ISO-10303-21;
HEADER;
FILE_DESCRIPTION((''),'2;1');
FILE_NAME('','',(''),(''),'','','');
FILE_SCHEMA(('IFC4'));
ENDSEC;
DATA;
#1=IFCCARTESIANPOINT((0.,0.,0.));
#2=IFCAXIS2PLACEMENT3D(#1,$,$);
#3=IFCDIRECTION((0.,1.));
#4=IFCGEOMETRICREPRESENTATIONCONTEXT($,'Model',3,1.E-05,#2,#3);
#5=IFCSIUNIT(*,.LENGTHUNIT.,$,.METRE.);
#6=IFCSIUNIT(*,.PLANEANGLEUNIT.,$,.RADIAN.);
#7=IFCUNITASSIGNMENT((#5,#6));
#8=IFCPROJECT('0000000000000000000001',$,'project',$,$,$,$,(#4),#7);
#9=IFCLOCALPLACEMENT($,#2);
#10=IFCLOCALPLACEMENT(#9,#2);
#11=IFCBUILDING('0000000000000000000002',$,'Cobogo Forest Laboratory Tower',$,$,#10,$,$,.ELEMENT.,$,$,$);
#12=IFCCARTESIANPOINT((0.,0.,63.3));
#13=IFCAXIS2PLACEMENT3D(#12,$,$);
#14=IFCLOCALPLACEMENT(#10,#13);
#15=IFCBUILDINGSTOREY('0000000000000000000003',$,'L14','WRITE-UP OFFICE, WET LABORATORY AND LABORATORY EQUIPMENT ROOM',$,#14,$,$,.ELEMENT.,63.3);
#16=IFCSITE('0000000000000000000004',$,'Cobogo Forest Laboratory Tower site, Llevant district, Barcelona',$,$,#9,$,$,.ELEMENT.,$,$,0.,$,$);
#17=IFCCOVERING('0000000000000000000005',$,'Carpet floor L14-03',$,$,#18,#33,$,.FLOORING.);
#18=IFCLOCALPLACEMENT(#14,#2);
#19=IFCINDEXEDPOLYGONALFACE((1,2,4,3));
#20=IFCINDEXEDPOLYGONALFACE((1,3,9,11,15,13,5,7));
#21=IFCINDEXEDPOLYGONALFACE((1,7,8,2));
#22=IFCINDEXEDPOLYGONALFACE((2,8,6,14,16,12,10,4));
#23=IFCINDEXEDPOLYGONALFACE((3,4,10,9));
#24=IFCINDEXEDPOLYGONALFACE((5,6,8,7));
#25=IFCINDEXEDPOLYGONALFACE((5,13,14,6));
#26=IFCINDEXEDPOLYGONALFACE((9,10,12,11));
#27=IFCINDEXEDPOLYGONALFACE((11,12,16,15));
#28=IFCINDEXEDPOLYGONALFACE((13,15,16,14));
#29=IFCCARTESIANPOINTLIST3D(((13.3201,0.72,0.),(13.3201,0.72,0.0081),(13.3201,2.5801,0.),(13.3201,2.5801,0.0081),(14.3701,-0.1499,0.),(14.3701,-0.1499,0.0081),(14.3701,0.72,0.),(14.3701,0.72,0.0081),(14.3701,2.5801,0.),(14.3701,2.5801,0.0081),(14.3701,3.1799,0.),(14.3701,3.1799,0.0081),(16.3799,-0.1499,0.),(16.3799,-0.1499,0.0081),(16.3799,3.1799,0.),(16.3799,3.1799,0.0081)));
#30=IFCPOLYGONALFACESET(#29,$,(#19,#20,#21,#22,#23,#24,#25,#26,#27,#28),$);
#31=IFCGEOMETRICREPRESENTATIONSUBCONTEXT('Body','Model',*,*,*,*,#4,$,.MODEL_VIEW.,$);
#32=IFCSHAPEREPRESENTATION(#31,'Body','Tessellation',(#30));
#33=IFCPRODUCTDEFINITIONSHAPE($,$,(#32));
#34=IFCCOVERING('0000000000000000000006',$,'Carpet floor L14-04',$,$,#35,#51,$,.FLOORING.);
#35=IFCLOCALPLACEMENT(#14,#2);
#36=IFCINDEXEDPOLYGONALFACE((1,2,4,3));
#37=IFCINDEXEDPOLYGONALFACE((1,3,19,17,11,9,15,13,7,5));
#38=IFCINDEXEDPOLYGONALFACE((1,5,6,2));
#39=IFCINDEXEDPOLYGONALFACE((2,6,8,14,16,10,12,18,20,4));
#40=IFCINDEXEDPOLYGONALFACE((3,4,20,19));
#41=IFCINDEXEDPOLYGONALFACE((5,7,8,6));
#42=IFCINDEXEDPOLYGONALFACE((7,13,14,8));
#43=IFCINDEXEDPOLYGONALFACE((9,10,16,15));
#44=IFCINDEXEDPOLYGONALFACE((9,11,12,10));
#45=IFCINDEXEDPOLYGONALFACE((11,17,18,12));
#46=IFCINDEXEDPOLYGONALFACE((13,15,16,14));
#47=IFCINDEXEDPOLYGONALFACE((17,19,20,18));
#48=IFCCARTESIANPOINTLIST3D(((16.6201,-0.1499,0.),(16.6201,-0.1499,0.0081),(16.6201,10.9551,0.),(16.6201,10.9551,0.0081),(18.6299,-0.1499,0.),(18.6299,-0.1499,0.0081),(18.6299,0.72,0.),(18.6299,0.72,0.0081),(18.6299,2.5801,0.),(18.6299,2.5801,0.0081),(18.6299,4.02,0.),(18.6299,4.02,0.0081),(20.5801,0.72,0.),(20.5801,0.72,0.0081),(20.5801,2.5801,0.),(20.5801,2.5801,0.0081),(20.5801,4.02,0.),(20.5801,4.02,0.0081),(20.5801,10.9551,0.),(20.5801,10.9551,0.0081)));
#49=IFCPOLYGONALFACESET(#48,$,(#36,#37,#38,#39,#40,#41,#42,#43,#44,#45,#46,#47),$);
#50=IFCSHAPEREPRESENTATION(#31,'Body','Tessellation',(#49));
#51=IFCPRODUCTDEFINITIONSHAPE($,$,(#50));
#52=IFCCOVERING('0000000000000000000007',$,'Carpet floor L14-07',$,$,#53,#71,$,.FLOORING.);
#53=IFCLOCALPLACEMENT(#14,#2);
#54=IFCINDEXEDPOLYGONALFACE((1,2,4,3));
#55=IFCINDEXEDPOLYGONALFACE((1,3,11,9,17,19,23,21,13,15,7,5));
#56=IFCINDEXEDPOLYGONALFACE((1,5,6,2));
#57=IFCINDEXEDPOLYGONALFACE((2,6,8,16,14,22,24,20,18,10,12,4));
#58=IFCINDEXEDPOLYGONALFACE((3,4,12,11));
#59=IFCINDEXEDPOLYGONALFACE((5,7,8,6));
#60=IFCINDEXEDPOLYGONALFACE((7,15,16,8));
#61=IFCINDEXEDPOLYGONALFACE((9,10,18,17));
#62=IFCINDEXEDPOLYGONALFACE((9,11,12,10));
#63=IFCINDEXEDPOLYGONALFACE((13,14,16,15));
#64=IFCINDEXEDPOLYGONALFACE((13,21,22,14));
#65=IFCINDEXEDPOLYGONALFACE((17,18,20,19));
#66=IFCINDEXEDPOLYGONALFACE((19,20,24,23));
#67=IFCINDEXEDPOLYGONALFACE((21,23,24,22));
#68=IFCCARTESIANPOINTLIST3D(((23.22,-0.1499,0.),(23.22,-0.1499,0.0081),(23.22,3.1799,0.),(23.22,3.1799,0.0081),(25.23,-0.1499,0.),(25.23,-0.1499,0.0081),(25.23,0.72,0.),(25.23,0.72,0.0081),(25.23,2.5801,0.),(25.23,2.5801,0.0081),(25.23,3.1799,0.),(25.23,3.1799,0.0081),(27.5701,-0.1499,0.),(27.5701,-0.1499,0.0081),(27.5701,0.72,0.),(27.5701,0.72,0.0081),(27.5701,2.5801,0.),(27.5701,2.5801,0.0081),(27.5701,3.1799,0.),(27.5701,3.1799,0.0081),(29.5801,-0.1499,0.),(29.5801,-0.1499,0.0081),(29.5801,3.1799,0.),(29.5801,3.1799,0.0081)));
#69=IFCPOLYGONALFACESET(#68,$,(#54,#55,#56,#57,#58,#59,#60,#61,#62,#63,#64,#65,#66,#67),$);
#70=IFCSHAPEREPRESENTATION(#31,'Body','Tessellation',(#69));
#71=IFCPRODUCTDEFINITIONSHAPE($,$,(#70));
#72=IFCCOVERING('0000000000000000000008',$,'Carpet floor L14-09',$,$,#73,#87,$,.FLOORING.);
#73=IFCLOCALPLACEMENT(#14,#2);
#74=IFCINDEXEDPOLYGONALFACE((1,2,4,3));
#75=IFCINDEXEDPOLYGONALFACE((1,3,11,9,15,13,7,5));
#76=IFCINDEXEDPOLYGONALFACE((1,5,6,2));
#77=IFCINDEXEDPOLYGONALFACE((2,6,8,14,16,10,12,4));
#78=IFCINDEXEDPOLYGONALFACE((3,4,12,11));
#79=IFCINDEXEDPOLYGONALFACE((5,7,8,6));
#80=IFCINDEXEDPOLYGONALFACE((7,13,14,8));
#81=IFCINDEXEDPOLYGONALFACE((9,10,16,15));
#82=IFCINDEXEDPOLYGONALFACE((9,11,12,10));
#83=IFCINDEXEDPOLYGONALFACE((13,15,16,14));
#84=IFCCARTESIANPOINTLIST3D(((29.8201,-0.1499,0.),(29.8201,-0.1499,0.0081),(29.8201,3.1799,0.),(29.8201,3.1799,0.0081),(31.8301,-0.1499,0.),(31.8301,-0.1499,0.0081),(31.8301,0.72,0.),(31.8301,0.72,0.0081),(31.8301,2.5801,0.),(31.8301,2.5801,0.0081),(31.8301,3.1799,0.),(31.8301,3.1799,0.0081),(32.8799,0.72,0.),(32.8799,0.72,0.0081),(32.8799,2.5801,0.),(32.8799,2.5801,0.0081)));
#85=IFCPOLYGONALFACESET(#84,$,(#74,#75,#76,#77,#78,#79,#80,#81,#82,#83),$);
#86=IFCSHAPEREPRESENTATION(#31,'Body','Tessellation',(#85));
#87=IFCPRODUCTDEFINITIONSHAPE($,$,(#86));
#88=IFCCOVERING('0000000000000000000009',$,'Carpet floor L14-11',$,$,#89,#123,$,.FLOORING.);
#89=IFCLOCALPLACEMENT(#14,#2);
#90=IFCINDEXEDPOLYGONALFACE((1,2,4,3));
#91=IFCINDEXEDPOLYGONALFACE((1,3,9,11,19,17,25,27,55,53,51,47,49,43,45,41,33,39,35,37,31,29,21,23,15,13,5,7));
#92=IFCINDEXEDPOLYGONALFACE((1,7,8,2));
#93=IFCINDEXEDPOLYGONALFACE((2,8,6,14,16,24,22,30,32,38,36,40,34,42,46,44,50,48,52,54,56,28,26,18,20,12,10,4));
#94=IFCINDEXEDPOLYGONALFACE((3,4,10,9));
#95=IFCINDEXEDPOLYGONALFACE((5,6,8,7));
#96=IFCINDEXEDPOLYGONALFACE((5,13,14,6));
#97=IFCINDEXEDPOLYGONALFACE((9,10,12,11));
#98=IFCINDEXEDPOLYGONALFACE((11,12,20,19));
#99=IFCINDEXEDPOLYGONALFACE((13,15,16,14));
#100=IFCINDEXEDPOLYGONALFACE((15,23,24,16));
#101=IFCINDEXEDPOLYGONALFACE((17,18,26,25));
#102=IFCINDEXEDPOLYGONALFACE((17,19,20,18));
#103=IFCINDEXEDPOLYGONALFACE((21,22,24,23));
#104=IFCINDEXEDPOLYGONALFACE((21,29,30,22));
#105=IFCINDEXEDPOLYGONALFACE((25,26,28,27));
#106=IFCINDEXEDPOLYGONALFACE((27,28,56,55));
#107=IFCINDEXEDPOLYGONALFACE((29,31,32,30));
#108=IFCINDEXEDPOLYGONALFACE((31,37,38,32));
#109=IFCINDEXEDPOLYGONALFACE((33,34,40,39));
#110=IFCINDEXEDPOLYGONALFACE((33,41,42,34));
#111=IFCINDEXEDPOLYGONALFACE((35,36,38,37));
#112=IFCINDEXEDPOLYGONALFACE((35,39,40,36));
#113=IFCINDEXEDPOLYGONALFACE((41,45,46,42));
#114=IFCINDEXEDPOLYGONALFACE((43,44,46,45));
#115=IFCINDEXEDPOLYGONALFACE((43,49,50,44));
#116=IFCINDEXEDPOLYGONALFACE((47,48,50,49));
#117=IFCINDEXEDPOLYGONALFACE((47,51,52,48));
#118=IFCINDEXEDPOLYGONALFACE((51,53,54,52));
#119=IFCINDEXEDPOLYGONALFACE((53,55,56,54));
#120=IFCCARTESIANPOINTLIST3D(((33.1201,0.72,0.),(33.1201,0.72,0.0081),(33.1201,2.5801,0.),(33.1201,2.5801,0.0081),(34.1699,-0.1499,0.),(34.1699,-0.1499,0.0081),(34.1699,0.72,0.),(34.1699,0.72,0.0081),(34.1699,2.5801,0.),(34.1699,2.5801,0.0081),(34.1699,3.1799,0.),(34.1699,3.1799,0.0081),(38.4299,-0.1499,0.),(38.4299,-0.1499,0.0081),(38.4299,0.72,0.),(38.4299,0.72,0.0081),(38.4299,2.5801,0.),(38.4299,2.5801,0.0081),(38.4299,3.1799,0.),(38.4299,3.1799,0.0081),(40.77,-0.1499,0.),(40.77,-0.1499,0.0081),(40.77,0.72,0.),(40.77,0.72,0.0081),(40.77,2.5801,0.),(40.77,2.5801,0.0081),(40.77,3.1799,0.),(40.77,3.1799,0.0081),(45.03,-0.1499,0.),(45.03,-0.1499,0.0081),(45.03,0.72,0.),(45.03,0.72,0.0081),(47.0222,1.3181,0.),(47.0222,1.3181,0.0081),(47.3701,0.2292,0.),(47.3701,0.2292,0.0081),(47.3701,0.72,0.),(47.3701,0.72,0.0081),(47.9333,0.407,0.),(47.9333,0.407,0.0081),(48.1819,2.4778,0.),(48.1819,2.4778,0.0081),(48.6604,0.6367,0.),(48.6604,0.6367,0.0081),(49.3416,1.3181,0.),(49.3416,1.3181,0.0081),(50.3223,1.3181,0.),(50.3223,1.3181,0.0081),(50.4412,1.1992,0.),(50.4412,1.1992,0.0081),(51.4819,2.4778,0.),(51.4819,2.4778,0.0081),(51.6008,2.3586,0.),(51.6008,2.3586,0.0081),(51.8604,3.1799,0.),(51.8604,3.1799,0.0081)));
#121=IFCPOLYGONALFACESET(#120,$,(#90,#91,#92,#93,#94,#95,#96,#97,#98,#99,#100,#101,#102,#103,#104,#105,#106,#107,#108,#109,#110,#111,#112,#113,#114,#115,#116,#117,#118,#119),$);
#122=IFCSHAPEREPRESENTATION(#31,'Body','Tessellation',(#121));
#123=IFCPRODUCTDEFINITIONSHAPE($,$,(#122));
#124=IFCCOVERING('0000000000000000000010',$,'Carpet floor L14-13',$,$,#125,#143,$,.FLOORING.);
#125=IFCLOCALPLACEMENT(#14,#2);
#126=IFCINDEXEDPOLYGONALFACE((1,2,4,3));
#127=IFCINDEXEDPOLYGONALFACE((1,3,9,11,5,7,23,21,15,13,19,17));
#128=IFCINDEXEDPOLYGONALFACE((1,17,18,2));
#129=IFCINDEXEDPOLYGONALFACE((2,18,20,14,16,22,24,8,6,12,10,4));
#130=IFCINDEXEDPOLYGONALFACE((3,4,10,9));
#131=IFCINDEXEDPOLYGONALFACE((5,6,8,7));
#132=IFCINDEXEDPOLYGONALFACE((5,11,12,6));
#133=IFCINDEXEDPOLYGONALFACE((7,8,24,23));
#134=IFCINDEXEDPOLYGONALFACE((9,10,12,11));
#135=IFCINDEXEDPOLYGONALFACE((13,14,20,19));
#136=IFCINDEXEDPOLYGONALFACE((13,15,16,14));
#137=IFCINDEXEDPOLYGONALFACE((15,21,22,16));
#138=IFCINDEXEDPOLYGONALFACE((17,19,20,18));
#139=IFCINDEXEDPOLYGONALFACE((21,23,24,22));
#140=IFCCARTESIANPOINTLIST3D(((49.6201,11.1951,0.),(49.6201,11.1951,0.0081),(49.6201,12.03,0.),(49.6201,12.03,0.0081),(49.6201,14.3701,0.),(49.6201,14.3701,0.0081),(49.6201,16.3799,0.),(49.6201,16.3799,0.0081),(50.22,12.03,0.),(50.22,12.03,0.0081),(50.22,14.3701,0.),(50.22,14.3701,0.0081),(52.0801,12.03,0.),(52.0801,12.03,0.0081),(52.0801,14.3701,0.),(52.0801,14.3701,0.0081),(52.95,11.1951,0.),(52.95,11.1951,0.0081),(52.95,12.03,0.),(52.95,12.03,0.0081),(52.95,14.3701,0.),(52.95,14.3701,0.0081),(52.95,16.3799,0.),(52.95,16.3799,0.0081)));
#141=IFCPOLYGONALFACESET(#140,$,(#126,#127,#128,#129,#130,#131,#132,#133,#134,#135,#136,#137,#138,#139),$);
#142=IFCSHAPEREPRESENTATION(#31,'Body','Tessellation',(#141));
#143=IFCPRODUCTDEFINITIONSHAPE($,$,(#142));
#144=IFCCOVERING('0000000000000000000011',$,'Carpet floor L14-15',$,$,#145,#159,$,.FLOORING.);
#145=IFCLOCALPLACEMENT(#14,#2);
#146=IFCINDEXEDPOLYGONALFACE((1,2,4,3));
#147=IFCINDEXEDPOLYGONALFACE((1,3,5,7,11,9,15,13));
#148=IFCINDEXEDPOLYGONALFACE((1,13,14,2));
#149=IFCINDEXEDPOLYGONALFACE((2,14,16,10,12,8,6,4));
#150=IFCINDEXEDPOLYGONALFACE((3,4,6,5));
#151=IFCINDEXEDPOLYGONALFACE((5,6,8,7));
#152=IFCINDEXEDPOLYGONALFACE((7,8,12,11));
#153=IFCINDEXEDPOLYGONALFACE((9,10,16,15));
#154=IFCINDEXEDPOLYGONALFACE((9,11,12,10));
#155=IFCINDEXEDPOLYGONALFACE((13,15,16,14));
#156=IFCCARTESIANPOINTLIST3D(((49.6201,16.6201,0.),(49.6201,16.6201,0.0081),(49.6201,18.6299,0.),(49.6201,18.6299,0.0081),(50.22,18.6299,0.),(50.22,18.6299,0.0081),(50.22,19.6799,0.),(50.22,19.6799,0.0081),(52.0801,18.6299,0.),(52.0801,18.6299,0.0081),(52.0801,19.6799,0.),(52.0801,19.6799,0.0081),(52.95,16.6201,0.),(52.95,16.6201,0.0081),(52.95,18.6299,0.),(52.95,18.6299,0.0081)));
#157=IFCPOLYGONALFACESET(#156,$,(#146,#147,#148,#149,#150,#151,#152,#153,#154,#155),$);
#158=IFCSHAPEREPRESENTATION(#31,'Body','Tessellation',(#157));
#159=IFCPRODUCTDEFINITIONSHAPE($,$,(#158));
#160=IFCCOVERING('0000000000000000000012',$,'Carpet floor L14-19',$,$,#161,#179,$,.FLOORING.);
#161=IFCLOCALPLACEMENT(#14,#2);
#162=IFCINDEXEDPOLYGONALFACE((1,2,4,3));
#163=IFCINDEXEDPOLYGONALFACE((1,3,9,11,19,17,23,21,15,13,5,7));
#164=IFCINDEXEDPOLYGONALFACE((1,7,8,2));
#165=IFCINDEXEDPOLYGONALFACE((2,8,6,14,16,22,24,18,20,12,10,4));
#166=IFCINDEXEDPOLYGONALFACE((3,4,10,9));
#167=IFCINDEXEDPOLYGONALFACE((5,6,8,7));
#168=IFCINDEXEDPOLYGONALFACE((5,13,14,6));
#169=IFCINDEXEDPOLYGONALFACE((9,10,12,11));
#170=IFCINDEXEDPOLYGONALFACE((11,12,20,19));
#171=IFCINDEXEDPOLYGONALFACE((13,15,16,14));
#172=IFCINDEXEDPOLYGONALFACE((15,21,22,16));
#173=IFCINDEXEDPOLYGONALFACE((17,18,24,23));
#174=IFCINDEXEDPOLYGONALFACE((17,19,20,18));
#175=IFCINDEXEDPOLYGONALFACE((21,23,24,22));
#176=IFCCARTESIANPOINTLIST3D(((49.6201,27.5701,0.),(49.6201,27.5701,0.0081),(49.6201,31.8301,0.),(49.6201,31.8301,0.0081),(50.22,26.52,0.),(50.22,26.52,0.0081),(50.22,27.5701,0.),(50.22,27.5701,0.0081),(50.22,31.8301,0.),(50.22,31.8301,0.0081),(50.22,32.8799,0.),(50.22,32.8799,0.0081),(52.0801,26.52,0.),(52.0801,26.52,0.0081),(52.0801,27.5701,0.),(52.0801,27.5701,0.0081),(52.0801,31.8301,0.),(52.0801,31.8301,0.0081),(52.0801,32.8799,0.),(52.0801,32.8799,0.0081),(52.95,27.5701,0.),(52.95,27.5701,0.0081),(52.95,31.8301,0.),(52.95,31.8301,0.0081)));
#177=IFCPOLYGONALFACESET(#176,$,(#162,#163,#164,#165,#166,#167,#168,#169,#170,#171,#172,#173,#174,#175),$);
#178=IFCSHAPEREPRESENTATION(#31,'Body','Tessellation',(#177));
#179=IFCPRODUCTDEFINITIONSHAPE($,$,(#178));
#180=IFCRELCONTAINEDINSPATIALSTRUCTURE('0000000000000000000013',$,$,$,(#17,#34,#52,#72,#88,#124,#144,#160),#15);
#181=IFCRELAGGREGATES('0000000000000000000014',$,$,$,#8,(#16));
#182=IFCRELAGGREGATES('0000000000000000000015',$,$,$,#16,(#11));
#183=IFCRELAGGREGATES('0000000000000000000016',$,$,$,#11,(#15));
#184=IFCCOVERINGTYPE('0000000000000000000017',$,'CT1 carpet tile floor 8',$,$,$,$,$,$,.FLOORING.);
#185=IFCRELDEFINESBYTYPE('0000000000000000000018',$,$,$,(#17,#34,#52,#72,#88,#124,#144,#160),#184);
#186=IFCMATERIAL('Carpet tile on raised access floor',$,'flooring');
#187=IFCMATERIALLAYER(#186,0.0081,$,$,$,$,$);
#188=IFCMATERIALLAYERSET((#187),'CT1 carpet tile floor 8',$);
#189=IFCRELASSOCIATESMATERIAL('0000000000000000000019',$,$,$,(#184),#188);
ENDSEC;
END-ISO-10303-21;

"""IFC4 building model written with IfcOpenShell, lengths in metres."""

from ifc_helpers import new_model, si_unit, direction, frame, origin, place, context, subcontext, project, spatial, polyline, outline, extrude, material, layer, layer_set, type_object, element, save


model = new_model("IFC4")

# Units and contexts
model_context = context("Model", 3, precision=1e-05, world=origin(), true_north=direction((0.0, 1.0)))
body_context = subcontext(model_context, "Body", "Model", "MODEL_VIEW")
ifc_project = project(units=[si_unit("LENGTHUNIT", "METRE"), si_unit("PLANEANGLEUNIT", "RADIAN")], contexts=[model_context])

# Site, building, storey
site_placement = place(None, origin())
site = spatial("IfcSite", under=ifc_project, at=site_placement, Name="Cobogo Forest Laboratory Tower site, Llevant district, Barcelona", CompositionType="ELEMENT", RefElevation=0.0)
building_placement = place(site_placement, origin())
building = spatial("IfcBuilding", under=site, at=building_placement, Name="Cobogo Forest Laboratory Tower", CompositionType="ELEMENT")
storey_placement = place(building_placement, frame((0.0, 0.0, 63.3)))
storey = spatial("IfcBuildingStorey", under=building, at=storey_placement, Name="L14", Description="WRITE-UP OFFICE, WET LABORATORY AND LABORATORY EQUIPMENT ROOM", CompositionType="ELEMENT", Elevation=63.3)

# Coverings
ifc_material_1 = material(Name="Carpet tile on raised access floor", Category="flooring")
ifc_layer_1 = layer(ifc_material_1, 0.0081)
ifc_layer_set_1 = layer_set([ifc_layer_1], Name="CT1 carpet tile floor 8")
covering_type_1 = type_object("IfcCoveringType", Name="CT1 carpet tile floor 8", PredefinedType="FLOORING", material=ifc_layer_set_1)
covering_1_placement = place(storey_placement, origin())
element("IfcCovering", 1, at=covering_1_placement, inside=storey, type_object=covering_type_1, Name="Carpet floor L14-03", PredefinedType="FLOORING", context=body_context, shape_type="SweptSolid", body=[
    extrude(outline(polyline([(16.3799, 3.1799), (16.3799, -0.1499), (14.3701, -0.1499), (14.3701, 0.72), (13.3201, 0.72), (13.3201, 2.5801), (14.3701, 2.5801), (14.3701, 3.1799), (16.3799, 3.1799)])), origin(), (0.0, 0.0, 1.0), 0.0081),
])
covering_2_placement = place(storey_placement, origin())
element("IfcCovering", 2, at=covering_2_placement, inside=storey, type_object=covering_type_1, Name="Carpet floor L14-04", PredefinedType="FLOORING", context=body_context, shape_type="SweptSolid", body=[
    extrude(outline(polyline([(20.5801, 10.9551), (20.5801, 4.02), (18.6299, 4.02), (18.6299, 2.5801), (20.5801, 2.5801), (20.5801, 0.72), (18.6299, 0.72), (18.6299, -0.1499), (16.6201, -0.1499), (16.6201, 10.9551), (20.5801, 10.9551)])), origin(), (0.0, 0.0, 1.0), 0.0081),
])
covering_3_placement = place(storey_placement, origin())
element("IfcCovering", 3, at=covering_3_placement, inside=storey, type_object=covering_type_1, Name="Carpet floor L14-07", PredefinedType="FLOORING", context=body_context, shape_type="SweptSolid", body=[
    extrude(outline(polyline([(25.23, 3.1799), (25.23, 2.5801), (27.5701, 2.5801), (27.5701, 3.1799), (29.5801, 3.1799), (29.5801, -0.1499), (27.5701, -0.1499), (27.5701, 0.72), (25.23, 0.72), (25.23, -0.1499), (23.22, -0.1499), (23.22, 3.1799), (25.23, 3.1799)])), origin(), (0.0, 0.0, 1.0), 0.0081),
])
covering_4_placement = place(storey_placement, origin())
element("IfcCovering", 4, at=covering_4_placement, inside=storey, type_object=covering_type_1, Name="Carpet floor L14-09", PredefinedType="FLOORING", context=body_context, shape_type="SweptSolid", body=[
    extrude(outline(polyline([(31.8301, 3.1799), (31.8301, 2.5801), (32.8799, 2.5801), (32.8799, 0.72), (31.8301, 0.72), (31.8301, -0.1499), (29.8201, -0.1499), (29.8201, 3.1799), (31.8301, 3.1799)])), origin(), (0.0, 0.0, 1.0), 0.0081),
])
covering_5_placement = place(storey_placement, origin())
element("IfcCovering", 5, at=covering_5_placement, inside=storey, type_object=covering_type_1, Name="Carpet floor L14-11", PredefinedType="FLOORING", context=body_context, shape_type="SweptSolid", body=[
    extrude(outline(polyline([(38.4299, 3.1799), (38.4299, 2.5801), (40.77, 2.5801), (40.77, 3.1799), (51.8604, 3.1799), (51.6008, 2.3586), (51.4819, 2.4778), (50.3223, 1.3181), (50.4412, 1.1992), (48.6604, 0.6367), (49.3416, 1.3181), (48.1819, 2.4778), (47.0222, 1.3181), (47.9333, 0.407), (47.3701, 0.2292), (47.3701, 0.72), (45.03, 0.72), (45.03, -0.1499), (40.77, -0.1499), (40.77, 0.72), (38.4299, 0.72), (38.4299, -0.1499), (34.1699, -0.1499), (34.1699, 0.72), (33.1201, 0.72), (33.1201, 2.5801), (34.1699, 2.5801), (34.1699, 3.1799), (38.4299, 3.1799)])), origin(), (0.0, 0.0, 1.0), 0.0081),
])
covering_6_placement = place(storey_placement, origin())
element("IfcCovering", 6, at=covering_6_placement, inside=storey, type_object=covering_type_1, Name="Carpet floor L14-13", PredefinedType="FLOORING", context=body_context, shape_type="SweptSolid", body=[
    extrude(outline(polyline([(49.6201, 12.03), (50.22, 12.03), (50.22, 14.3701), (49.6201, 14.3701), (49.6201, 16.3799), (52.95, 16.3799), (52.95, 14.3701), (52.0801, 14.3701), (52.0801, 12.03), (52.95, 12.03), (52.95, 11.1951), (49.6201, 11.1951), (49.6201, 12.03)])), origin(), (0.0, 0.0, 1.0), 0.0081),
])
covering_7_placement = place(storey_placement, origin())
element("IfcCovering", 7, at=covering_7_placement, inside=storey, type_object=covering_type_1, Name="Carpet floor L14-15", PredefinedType="FLOORING", context=body_context, shape_type="SweptSolid", body=[
    extrude(outline(polyline([(49.6201, 18.6299), (50.22, 18.6299), (50.22, 19.6799), (52.0801, 19.6799), (52.0801, 18.6299), (52.95, 18.6299), (52.95, 16.6201), (49.6201, 16.6201), (49.6201, 18.6299)])), origin(), (0.0, 0.0, 1.0), 0.0081),
])
covering_8_placement = place(storey_placement, origin())
element("IfcCovering", 8, at=covering_8_placement, inside=storey, type_object=covering_type_1, Name="Carpet floor L14-19", PredefinedType="FLOORING", context=body_context, shape_type="SweptSolid", body=[
    extrude(outline(polyline([(49.6201, 31.8301), (50.22, 31.8301), (50.22, 32.8799), (52.0801, 32.8799), (52.0801, 31.8301), (52.95, 31.8301), (52.95, 27.5701), (52.0801, 27.5701), (52.0801, 26.52), (50.22, 26.52), (50.22, 27.5701), (49.6201, 27.5701), (49.6201, 31.8301)])), origin(), (0.0, 0.0, 1.0), 0.0081),
])

save(model, "model.ifc")
